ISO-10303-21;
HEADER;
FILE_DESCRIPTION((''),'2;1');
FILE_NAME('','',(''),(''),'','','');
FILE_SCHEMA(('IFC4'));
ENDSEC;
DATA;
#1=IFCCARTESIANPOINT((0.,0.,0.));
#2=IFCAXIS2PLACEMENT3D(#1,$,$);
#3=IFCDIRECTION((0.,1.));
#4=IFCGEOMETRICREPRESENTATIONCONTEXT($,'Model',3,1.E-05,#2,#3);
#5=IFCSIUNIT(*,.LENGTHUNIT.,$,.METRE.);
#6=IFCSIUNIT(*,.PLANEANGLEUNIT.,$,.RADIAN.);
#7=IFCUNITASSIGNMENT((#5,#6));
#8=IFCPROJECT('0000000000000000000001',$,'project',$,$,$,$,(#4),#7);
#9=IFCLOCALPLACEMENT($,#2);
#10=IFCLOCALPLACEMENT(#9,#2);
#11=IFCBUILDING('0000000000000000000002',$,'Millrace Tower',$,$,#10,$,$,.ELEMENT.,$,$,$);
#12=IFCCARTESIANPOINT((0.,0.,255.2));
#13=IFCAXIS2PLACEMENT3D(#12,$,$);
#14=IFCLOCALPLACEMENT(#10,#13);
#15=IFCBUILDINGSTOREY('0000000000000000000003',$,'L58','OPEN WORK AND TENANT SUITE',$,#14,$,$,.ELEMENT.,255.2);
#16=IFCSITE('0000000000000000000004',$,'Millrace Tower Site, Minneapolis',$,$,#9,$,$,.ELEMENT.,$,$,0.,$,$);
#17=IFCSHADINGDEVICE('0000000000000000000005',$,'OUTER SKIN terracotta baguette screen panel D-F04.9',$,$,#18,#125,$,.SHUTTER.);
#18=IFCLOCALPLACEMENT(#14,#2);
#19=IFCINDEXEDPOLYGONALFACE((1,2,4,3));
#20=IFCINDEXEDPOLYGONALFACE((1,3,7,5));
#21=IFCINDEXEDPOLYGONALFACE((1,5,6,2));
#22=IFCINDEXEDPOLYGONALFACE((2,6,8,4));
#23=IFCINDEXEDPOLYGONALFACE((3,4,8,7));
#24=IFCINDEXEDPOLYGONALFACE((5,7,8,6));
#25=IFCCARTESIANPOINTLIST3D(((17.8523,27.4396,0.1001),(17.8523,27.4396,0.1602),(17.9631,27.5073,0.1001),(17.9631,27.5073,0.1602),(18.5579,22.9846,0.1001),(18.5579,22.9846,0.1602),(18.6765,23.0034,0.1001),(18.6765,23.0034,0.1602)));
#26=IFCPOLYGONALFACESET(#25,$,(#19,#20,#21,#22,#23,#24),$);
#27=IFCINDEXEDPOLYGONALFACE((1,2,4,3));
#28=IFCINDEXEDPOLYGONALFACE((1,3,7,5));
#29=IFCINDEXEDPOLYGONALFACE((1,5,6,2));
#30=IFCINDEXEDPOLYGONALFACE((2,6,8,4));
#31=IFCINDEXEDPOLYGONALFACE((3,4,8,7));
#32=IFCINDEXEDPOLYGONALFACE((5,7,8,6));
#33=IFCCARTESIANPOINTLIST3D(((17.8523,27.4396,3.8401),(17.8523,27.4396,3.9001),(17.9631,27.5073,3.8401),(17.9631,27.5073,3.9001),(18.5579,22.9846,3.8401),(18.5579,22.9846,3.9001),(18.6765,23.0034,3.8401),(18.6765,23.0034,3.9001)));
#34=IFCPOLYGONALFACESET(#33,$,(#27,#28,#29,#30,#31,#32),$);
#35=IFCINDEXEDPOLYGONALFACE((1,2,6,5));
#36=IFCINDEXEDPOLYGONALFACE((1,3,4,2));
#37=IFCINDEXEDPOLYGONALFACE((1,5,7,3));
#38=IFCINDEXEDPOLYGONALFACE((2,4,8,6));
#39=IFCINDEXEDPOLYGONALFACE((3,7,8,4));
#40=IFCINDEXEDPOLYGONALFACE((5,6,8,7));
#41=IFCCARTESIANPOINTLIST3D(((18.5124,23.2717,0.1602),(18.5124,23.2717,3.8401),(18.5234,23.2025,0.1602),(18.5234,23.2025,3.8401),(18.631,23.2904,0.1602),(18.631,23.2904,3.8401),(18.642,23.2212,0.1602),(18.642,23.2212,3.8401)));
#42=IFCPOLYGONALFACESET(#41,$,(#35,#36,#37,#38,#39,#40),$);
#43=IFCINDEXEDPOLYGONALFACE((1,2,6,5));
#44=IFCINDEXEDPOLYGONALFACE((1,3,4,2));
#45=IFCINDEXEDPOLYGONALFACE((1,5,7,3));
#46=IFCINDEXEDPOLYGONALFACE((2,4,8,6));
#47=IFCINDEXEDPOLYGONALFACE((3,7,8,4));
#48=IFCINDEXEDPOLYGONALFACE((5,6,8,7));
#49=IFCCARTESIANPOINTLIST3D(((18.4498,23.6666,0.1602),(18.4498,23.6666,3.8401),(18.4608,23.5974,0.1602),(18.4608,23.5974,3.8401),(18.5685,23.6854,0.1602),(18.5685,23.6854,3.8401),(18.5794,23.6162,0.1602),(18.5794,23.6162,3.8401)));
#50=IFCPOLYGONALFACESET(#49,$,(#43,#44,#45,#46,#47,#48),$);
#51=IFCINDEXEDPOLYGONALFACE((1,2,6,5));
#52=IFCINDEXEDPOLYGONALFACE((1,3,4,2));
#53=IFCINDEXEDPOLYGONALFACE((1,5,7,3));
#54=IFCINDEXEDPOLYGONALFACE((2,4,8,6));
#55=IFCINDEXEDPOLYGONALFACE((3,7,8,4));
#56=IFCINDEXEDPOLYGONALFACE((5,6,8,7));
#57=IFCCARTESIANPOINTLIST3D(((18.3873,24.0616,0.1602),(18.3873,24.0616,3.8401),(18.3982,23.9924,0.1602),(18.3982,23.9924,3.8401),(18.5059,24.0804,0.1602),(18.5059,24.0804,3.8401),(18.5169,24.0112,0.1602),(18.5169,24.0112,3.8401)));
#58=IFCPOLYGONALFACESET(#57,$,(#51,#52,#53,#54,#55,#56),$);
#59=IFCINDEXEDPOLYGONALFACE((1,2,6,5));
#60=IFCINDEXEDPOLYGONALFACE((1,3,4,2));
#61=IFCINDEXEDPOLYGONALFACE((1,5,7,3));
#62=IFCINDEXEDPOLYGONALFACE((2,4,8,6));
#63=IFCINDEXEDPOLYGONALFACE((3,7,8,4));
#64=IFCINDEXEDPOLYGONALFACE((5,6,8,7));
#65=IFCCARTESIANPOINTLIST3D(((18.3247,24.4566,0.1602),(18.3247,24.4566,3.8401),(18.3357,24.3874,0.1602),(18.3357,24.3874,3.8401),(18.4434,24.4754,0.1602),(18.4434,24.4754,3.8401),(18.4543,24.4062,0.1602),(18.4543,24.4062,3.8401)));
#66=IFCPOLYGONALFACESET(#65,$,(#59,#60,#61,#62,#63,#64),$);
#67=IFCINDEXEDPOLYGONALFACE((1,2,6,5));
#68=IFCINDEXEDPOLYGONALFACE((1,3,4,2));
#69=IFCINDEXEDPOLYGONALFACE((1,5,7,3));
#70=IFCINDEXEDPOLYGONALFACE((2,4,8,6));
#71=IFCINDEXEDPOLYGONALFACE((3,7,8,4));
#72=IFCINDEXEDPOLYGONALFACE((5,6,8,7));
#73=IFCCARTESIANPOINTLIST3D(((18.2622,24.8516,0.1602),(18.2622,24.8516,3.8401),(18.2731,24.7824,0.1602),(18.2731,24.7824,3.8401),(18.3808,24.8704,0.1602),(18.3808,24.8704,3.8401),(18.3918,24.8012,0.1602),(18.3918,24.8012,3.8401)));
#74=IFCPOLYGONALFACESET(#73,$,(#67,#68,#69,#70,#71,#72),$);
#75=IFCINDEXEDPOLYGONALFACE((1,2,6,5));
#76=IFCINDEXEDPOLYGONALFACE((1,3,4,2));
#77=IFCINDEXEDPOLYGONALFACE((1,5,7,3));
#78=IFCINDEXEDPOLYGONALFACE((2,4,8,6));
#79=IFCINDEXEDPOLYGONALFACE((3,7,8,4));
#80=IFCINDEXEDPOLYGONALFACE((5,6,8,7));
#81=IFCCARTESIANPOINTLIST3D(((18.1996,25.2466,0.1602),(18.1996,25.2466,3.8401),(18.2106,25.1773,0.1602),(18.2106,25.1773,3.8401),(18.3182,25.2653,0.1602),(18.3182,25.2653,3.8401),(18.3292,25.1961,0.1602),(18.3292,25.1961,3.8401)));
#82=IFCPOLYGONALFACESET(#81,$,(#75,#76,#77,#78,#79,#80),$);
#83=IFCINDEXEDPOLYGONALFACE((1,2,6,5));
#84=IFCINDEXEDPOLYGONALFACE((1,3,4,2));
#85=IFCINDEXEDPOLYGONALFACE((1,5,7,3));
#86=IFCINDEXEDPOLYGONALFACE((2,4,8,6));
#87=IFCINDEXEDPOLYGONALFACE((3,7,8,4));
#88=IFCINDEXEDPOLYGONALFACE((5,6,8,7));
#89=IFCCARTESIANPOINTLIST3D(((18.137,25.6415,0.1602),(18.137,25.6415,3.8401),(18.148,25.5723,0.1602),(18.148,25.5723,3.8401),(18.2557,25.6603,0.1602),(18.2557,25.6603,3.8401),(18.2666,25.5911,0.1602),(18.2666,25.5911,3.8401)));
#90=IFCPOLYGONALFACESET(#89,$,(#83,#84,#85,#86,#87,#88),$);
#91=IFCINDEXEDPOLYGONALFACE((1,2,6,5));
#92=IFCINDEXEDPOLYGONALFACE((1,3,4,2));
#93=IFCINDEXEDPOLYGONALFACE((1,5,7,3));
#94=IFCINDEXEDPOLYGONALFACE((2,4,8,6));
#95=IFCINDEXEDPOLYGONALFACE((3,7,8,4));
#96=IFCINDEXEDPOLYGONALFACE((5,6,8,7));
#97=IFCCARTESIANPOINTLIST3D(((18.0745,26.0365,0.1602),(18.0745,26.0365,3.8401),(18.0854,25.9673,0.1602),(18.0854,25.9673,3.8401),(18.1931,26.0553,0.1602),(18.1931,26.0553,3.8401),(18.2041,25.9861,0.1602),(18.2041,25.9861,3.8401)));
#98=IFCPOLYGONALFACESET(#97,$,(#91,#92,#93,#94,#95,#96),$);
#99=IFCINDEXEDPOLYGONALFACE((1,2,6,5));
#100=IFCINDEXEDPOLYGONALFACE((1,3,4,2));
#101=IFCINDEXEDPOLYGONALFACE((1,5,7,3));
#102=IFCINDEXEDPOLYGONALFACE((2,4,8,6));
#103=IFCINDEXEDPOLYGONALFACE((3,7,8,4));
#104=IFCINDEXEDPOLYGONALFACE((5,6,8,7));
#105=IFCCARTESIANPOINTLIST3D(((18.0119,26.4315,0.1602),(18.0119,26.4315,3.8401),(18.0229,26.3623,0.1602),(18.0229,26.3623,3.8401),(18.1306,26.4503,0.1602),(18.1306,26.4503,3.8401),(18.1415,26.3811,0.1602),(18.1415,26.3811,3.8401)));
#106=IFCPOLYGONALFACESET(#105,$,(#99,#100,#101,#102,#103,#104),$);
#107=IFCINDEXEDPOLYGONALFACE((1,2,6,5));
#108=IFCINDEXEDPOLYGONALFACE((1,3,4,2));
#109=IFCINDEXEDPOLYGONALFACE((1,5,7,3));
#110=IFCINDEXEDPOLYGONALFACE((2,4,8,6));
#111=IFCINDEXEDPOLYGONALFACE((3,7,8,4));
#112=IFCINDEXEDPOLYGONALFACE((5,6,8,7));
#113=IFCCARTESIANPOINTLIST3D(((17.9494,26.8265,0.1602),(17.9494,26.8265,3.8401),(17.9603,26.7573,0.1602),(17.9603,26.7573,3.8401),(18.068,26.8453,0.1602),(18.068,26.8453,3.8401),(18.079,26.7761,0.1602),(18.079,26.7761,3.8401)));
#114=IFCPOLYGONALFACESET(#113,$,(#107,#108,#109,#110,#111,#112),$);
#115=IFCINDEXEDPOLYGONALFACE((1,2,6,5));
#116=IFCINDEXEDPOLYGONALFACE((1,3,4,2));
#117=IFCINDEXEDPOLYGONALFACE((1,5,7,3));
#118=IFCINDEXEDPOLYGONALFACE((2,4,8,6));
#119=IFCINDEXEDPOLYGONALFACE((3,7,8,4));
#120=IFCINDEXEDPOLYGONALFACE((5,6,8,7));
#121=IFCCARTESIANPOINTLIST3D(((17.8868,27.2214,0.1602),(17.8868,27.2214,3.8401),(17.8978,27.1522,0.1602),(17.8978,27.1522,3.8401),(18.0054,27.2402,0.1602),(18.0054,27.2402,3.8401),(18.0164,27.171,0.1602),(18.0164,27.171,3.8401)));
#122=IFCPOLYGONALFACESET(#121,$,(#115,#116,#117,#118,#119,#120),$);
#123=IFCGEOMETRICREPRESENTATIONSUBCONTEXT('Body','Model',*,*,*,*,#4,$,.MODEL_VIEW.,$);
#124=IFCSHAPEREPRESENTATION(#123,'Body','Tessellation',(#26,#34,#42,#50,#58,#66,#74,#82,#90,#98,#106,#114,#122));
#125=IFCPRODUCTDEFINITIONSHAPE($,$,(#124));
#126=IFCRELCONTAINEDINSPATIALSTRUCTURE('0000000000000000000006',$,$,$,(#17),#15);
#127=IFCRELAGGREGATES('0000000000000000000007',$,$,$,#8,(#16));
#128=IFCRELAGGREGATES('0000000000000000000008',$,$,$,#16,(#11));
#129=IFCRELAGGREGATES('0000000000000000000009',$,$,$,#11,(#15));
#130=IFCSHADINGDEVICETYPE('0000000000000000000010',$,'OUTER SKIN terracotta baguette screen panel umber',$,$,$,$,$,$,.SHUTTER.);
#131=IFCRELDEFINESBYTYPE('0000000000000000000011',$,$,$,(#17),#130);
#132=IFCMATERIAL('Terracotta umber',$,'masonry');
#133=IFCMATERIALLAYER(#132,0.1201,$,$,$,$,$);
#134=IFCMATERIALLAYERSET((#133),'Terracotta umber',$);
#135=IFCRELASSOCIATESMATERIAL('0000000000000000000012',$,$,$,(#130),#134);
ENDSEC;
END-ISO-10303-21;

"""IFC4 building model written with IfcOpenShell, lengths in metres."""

from ifc_helpers import new_model, entity, si_unit, direction, frame, frame_2d, origin, place, context, subcontext, project, spatial, rectangle, extrude, source, transform, mapped, material, layer, layer_set, type_object, element, save


model = new_model("IFC4")

# Units and contexts
model_context = context("Model", 3, precision=1e-05, world=origin(), true_north=direction((0.0, 1.0)))
body_context = subcontext(model_context, "Body", "Model", "MODEL_VIEW")
ifc_project = project(units=[si_unit("LENGTHUNIT", "METRE"), si_unit("PLANEANGLEUNIT", "RADIAN")], contexts=[model_context])

# Site, building, storey
site_placement = place(None, origin())
site = spatial("IfcSite", under=ifc_project, at=site_placement, Name="Millrace Tower Site, Minneapolis", CompositionType="ELEMENT", RefElevation=0.0)
building_placement = place(site_placement, origin())
building = spatial("IfcBuilding", under=site, at=building_placement, Name="Millrace Tower", CompositionType="ELEMENT")
storey_placement = place(building_placement, frame((0.0, 0.0, 255.2)))
storey = spatial("IfcBuildingStorey", under=building, at=storey_placement, Name="L58", Description="OPEN WORK AND TENANT SUITE", CompositionType="ELEMENT", Elevation=255.2)

# Shading device
ifc_material_1 = material(Name="Terracotta umber", Category="masonry")
ifc_layer_1 = layer(ifc_material_1, 0.1201)
ifc_layer_set_1 = layer_set([ifc_layer_1], Name="Terracotta umber")
shading_device_type = type_object("IfcShadingDeviceType", Name="OUTER SKIN terracotta baguette screen panel umber", PredefinedType="SHUTTER", material=ifc_layer_set_1)
cartesian_point_1 = entity("IfcCartesianPoint", [-2.2676, 0.0601])
shared_polyline_1 = entity("IfcPolyline", [cartesian_point_1, entity("IfcCartesianPoint", [2.2429, 0.0601]), entity("IfcCartesianPoint", [2.2925, -0.0601]), entity("IfcCartesianPoint", [-2.2676, -0.0601]), cartesian_point_1])
shared_shape_1 = source(origin(), body_context, "Body", "SweptSolid", [
    entity("IfcExtrudedAreaSolid", entity("IfcArbitraryClosedProfileDef", "AREA", None, shared_polyline_1), entity("IfcAxis2Placement3D", entity("IfcCartesianPoint", [0.0, 0.0, 0.0])), entity("IfcDirection", [0.0, 0.0, 1.0]), 0.0601),
    entity("IfcExtrudedAreaSolid", entity("IfcArbitraryClosedProfileDef", "AREA", None, shared_polyline_1), entity("IfcAxis2Placement3D", entity("IfcCartesianPoint", [0.0, 0.0, 3.74])), entity("IfcDirection", [0.0, 0.0, 1.0]), 0.0601),
    extrude(rectangle(XDim=0.0701, YDim=0.1201, at=frame_2d((-2.012, 0.0))), frame((0.0, 0.0, 0.0601)), (0.0, 0.0, 1.0), 3.6799),
    extrude(rectangle(XDim=0.0701, YDim=0.1201, at=frame_2d((-1.6121, 0.0))), frame((0.0, 0.0, 0.0601)), (0.0, 0.0, 1.0), 3.6799),
    extrude(rectangle(XDim=0.0701, YDim=0.1201, at=frame_2d((-1.2122, 0.0))), frame((0.0, 0.0, 0.0601)), (0.0, 0.0, 1.0), 3.6799),
    extrude(rectangle(XDim=0.0701, YDim=0.1201, at=frame_2d((-0.8123, 0.0))), frame((0.0, 0.0, 0.0601)), (0.0, 0.0, 1.0), 3.6799),
    extrude(rectangle(XDim=0.0701, YDim=0.1201, at=frame_2d((-0.4124, 0.0))), frame((0.0, 0.0, 0.0601)), (0.0, 0.0, 1.0), 3.6799),
    extrude(rectangle(XDim=0.0701, YDim=0.1201, at=frame_2d((-0.0125, 0.0))), frame((0.0, 0.0, 0.0601)), (0.0, 0.0, 1.0), 3.6799),
    extrude(rectangle(XDim=0.0701, YDim=0.1201, at=frame_2d((0.3875, 0.0))), frame((0.0, 0.0, 0.0601)), (0.0, 0.0, 1.0), 3.6799),
    extrude(rectangle(XDim=0.0701, YDim=0.1201, at=frame_2d((0.7874, 0.0))), frame((0.0, 0.0, 0.0601)), (0.0, 0.0, 1.0), 3.6799),
    extrude(rectangle(XDim=0.0701, YDim=0.1201, at=frame_2d((1.1873, 0.0))), frame((0.0, 0.0, 0.0601)), (0.0, 0.0, 1.0), 3.6799),
    extrude(rectangle(XDim=0.0701, YDim=0.1201, at=frame_2d((1.5872, 0.0))), frame((0.0, 0.0, 0.0601)), (0.0, 0.0, 1.0), 3.6799),
    extrude(rectangle(XDim=0.0701, YDim=0.1201, at=frame_2d((1.9871, 0.0))), frame((0.0, 0.0, 0.0601)), (0.0, 0.0, 1.0), 3.6799),
])
shading_device_placement = place(storey_placement, frame((18.2625, 25.2336, 0.1001), z_axis=(0.0, 0.0, 1.0), x_axis=(-0.156434, 0.987688, 0.0)))
element("IfcShadingDevice", 1, at=shading_device_placement, inside=storey, type_object=shading_device_type, Name="OUTER SKIN terracotta baguette screen panel D-F04.9", PredefinedType="SHUTTER", context=body_context, shape_type="MappedRepresentation", body=[
    mapped(shared_shape_1, transform((0.0, 0.0, 0.0), scale=1.0)),
])

save(model, "model.ifc")
